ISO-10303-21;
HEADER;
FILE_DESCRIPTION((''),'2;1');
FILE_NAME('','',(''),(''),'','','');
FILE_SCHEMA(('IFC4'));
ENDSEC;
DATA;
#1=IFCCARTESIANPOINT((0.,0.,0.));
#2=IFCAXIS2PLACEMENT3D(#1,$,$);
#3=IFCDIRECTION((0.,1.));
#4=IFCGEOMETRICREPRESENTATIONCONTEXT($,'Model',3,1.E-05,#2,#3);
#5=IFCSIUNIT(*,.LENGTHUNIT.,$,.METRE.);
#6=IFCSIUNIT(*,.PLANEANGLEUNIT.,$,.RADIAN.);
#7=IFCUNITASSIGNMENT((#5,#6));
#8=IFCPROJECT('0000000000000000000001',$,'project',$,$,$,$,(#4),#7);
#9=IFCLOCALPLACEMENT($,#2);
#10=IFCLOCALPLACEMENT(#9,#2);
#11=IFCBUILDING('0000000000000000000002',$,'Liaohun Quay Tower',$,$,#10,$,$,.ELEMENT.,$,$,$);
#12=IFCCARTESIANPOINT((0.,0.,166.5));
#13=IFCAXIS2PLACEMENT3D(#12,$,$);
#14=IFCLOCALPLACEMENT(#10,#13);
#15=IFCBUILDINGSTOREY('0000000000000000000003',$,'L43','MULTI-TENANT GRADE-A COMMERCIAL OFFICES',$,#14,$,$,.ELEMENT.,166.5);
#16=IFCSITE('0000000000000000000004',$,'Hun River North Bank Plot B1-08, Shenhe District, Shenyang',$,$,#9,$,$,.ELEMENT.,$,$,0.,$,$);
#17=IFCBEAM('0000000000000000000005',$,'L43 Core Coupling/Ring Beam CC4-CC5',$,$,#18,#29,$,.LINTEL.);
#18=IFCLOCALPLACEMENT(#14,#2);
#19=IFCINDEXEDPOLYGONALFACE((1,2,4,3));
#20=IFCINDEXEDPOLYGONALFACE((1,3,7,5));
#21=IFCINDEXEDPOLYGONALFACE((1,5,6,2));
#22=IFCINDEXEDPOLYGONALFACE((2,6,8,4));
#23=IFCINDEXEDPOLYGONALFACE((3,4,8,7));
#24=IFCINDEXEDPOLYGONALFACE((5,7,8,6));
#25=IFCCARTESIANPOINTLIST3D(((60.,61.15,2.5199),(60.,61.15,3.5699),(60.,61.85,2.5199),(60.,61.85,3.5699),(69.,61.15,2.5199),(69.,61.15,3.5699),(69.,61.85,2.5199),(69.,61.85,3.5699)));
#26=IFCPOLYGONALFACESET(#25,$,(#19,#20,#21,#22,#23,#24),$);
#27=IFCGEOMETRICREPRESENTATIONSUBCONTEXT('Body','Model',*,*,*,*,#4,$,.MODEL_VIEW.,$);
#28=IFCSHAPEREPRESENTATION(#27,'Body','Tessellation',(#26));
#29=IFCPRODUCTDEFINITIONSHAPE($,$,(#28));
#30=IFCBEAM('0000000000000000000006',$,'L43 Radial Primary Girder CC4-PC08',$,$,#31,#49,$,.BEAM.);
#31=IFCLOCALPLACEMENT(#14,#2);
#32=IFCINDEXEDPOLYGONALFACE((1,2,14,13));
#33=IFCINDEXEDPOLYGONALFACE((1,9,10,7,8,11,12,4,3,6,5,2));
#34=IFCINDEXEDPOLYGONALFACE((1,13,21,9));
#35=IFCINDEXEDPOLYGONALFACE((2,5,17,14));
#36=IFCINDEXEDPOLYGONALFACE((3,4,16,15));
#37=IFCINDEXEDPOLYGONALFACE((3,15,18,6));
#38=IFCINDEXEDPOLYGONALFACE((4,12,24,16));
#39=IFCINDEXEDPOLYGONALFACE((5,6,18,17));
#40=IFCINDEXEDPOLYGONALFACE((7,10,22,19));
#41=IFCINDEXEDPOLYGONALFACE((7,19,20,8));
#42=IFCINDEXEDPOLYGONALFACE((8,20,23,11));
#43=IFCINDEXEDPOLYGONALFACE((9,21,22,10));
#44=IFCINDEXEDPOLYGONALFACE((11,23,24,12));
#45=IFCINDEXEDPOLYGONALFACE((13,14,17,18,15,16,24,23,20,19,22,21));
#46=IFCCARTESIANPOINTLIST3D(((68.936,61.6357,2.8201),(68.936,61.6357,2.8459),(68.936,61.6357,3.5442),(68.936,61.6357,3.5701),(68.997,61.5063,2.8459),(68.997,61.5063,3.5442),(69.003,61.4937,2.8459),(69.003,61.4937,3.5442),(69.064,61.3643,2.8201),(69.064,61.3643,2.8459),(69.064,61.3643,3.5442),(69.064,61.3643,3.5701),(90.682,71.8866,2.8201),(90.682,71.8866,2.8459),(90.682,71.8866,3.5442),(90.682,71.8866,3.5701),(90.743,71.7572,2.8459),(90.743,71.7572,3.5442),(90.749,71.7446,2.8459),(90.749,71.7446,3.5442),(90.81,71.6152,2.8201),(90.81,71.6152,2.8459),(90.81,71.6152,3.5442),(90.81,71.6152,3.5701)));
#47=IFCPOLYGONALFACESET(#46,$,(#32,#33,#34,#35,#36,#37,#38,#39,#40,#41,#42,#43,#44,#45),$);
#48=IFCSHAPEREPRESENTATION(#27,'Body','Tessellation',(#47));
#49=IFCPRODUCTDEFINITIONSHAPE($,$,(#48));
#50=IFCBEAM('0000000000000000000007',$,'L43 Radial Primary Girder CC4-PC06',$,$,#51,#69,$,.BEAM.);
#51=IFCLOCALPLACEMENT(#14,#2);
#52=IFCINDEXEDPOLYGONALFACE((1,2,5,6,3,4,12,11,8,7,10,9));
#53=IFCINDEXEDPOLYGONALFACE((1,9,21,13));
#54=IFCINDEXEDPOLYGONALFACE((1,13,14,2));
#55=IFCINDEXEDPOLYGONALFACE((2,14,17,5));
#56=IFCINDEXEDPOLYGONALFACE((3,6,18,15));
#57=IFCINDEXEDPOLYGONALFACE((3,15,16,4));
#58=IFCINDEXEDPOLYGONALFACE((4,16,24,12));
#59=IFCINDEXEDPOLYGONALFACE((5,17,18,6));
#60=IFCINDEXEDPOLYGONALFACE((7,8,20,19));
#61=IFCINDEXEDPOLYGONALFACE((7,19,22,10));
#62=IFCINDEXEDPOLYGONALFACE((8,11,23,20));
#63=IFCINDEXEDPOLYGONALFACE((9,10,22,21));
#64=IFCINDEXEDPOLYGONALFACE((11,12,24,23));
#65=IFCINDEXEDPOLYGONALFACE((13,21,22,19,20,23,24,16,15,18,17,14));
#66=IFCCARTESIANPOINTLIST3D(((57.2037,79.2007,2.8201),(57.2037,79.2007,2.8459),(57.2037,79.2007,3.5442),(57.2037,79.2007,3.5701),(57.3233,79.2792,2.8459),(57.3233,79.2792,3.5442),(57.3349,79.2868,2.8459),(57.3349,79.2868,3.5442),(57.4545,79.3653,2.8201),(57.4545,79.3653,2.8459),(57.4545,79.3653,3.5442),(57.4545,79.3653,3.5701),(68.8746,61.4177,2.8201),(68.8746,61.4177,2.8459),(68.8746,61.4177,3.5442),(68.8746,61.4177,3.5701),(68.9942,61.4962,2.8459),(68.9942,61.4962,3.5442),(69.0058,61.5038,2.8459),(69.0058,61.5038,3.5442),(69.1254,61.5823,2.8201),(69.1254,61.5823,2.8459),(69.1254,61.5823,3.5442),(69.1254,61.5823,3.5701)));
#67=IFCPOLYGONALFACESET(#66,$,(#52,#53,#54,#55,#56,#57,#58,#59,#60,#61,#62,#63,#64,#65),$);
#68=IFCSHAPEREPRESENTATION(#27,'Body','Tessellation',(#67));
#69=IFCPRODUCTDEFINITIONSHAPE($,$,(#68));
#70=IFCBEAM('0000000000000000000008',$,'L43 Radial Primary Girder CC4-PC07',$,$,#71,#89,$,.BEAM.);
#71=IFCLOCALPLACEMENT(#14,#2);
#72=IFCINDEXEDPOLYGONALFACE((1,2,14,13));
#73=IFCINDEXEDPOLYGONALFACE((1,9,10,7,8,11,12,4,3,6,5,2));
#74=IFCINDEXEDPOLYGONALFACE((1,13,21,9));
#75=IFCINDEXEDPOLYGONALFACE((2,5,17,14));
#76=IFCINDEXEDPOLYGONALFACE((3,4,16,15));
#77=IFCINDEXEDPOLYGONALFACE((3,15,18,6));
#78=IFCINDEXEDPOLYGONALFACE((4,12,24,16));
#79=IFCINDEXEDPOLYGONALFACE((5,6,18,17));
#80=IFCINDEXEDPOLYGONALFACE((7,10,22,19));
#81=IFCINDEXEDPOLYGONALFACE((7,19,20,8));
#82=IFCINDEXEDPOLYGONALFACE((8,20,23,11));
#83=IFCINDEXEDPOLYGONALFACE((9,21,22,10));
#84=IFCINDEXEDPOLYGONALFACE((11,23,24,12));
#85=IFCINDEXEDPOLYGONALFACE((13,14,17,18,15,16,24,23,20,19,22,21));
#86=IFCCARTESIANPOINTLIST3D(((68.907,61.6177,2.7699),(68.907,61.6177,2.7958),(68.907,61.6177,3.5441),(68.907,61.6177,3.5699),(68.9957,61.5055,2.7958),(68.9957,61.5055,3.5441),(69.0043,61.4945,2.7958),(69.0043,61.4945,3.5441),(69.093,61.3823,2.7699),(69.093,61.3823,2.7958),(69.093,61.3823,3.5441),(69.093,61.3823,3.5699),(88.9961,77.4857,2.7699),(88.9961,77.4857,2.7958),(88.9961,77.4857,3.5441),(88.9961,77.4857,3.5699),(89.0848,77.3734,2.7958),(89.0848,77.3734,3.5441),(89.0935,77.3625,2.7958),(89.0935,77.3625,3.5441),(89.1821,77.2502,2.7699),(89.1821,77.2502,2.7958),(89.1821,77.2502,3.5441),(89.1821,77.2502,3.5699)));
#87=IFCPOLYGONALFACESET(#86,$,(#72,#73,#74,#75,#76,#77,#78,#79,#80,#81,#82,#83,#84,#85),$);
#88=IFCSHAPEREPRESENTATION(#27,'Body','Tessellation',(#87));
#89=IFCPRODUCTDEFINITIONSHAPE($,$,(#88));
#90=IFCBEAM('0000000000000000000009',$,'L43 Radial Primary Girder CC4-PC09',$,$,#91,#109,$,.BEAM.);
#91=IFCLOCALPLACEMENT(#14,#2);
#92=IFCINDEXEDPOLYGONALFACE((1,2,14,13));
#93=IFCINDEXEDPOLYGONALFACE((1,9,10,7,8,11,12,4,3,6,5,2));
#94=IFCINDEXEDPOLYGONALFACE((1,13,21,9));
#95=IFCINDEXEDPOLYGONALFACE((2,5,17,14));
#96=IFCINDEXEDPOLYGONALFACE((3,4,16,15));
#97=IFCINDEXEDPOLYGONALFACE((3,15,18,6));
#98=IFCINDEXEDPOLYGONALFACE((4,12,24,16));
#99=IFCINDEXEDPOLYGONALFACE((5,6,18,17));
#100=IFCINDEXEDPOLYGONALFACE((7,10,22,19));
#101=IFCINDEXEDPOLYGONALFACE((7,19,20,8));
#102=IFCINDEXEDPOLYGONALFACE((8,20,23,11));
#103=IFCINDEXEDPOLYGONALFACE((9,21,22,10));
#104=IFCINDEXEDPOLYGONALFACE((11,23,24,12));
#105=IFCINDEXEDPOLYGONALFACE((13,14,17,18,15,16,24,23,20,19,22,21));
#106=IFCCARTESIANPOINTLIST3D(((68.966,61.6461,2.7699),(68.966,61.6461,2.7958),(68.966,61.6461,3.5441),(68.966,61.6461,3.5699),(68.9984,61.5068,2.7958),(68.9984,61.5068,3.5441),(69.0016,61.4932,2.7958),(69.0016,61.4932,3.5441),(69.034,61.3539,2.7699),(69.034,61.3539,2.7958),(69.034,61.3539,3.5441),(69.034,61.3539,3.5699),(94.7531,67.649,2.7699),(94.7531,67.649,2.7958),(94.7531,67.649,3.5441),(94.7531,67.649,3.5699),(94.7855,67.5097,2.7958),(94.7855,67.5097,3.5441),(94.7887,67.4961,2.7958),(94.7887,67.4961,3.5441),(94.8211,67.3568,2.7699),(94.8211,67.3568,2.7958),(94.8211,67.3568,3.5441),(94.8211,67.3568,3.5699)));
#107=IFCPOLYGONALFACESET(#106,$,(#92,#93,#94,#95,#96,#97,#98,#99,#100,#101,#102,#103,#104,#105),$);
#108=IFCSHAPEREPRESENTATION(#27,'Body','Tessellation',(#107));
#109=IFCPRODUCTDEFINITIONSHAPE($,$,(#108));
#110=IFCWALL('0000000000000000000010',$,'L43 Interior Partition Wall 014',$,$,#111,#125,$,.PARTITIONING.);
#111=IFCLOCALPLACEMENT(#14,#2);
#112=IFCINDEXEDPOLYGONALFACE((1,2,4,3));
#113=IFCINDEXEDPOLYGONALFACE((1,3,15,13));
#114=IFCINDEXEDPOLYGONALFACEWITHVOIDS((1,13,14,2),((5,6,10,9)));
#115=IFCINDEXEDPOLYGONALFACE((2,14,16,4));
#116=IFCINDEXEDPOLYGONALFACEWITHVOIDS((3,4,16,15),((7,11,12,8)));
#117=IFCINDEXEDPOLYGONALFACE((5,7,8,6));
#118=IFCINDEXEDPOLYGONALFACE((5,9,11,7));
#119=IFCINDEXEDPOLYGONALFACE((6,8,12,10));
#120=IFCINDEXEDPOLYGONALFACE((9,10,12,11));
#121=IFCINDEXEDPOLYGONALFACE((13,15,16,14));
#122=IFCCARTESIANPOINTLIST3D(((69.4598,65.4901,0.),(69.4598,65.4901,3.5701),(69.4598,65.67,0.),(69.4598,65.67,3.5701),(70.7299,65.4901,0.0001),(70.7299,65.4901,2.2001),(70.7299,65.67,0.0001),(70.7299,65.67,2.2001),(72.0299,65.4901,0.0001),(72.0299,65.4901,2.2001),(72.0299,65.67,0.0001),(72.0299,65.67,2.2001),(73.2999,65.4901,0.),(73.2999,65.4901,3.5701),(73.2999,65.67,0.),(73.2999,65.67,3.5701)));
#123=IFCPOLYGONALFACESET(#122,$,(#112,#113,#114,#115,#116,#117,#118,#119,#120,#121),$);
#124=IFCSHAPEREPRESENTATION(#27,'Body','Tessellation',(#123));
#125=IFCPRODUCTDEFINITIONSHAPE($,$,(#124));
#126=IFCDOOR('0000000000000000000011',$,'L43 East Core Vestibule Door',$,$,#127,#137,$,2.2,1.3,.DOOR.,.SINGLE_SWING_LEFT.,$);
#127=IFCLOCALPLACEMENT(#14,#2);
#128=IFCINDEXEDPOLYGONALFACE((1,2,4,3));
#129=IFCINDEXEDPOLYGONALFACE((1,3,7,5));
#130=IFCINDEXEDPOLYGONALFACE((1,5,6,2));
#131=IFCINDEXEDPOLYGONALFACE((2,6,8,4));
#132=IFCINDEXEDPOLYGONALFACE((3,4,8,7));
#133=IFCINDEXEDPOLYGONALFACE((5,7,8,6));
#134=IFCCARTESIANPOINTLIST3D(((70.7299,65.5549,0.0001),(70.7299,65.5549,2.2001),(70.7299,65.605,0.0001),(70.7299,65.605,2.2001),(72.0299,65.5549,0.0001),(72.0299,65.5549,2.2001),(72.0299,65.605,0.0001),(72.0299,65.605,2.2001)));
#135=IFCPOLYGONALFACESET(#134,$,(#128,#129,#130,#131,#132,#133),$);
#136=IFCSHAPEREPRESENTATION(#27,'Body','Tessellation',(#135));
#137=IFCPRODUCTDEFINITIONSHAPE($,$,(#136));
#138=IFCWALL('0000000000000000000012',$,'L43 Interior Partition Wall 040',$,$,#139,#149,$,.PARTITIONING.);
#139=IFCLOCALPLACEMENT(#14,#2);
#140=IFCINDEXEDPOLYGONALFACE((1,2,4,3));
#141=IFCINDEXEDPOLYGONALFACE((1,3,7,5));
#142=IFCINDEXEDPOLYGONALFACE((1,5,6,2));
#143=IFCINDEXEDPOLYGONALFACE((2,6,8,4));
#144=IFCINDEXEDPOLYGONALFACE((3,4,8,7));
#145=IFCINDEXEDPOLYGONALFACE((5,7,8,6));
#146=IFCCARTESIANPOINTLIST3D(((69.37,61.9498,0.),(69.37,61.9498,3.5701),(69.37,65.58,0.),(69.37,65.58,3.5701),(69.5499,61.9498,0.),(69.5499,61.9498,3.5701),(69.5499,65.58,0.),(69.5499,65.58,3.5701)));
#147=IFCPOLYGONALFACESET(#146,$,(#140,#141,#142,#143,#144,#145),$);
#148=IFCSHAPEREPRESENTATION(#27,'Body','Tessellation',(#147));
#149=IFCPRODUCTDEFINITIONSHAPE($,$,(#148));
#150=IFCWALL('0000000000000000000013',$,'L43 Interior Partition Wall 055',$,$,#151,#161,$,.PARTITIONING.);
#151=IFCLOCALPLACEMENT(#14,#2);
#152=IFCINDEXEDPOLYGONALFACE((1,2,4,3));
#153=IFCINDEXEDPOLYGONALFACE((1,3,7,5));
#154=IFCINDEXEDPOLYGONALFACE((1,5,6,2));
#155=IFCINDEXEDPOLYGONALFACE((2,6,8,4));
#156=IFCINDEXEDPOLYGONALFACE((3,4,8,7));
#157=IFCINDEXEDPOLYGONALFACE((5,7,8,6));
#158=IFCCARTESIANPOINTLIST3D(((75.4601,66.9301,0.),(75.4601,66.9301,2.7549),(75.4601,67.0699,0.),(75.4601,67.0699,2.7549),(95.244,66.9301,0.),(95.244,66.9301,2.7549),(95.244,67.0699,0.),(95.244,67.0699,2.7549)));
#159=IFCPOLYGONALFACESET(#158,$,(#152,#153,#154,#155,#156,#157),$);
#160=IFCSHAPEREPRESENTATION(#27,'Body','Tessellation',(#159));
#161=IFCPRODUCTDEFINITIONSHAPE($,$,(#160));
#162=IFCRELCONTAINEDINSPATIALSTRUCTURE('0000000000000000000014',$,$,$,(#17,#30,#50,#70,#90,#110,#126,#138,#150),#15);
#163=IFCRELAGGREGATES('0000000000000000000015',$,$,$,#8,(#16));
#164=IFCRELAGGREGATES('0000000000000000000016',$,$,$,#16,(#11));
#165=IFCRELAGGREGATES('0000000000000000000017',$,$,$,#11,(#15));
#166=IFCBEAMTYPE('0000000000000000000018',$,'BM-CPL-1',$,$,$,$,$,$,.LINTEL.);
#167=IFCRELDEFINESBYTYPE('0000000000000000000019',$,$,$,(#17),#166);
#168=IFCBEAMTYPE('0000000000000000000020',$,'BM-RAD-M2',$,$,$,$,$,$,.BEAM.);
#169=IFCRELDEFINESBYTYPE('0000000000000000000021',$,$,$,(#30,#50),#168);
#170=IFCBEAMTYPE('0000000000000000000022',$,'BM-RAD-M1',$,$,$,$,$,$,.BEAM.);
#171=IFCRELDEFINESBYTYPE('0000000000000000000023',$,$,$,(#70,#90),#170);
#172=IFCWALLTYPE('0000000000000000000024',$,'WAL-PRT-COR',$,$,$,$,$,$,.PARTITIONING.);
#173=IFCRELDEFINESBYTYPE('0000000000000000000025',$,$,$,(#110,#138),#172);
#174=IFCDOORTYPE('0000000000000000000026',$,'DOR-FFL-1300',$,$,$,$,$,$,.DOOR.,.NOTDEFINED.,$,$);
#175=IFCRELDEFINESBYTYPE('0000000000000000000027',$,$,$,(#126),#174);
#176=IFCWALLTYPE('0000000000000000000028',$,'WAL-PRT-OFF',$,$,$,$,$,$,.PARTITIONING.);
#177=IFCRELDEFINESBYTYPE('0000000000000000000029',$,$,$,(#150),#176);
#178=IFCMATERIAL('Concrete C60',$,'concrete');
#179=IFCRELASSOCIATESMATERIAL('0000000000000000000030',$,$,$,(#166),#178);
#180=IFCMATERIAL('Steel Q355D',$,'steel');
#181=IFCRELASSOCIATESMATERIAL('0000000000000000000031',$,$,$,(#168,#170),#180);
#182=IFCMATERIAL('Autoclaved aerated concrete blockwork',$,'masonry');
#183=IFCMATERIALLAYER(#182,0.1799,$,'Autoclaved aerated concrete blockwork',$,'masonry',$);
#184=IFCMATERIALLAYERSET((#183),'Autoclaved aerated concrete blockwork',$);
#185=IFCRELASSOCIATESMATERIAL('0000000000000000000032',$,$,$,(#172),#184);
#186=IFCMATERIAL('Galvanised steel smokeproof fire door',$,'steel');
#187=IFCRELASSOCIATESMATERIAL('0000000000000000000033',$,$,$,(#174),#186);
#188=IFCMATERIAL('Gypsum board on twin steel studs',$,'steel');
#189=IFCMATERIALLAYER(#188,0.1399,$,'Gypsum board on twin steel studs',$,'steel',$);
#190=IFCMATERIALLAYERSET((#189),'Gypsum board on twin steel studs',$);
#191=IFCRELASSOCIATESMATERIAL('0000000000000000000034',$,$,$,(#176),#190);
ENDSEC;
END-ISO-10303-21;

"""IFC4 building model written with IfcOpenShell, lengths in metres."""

from ifc_helpers import new_model, si_unit, direction, frame, frame_2d, origin, origin_2d, place, context, subcontext, project, spatial, rectangle, i_section, extrude, source, transform, mapped, material, layer, layer_set, material_profile, profile_set, type_object, element, fill, save


model = new_model("IFC4")

# Units and contexts
model_context = context("Model", 3, precision=1e-05, world=origin(), true_north=direction((0.0, 1.0)))
body_context = subcontext(model_context, "Body", "Model", "MODEL_VIEW")
ifc_project = project(units=[si_unit("LENGTHUNIT", "METRE"), si_unit("PLANEANGLEUNIT", "RADIAN")], contexts=[model_context])

# Site, building, storey
site_placement = place(None, origin())
site = spatial("IfcSite", under=ifc_project, at=site_placement, Name="Hun River North Bank Plot B1-08, Shenhe District, Shenyang", CompositionType="ELEMENT", RefElevation=0.0)
building_placement = place(site_placement, origin())
building = spatial("IfcBuilding", under=site, at=building_placement, Name="Liaohun Quay Tower", CompositionType="ELEMENT")
storey_placement = place(building_placement, frame((0.0, 0.0, 166.5)))
storey = spatial("IfcBuildingStorey", under=building, at=storey_placement, Name="L43", Description="MULTI-TENANT GRADE-A COMMERCIAL OFFICES", CompositionType="ELEMENT", Elevation=166.5)

# Beams
ifc_material_1 = material(Name="Concrete C60", Category="concrete")
ifc_material_profile_1 = material_profile(ifc_material_1, rectangle(XDim=0.7, YDim=1.05, at=origin_2d()), Name="RC700x1050")
ifc_profile_set_1 = profile_set([ifc_material_profile_1], Name="Concrete C60")
beam_type_1 = type_object("IfcBeamType", Name="BM-CPL-1", PredefinedType="LINTEL", material=ifc_profile_set_1)
shared_shape_1 = source(origin(), body_context, "Body", "SweptSolid", [
    extrude(rectangle(XDim=0.7, YDim=1.05, at=origin_2d()), origin(), (0.0, 0.0, 1.0), 9.0),
])
beam_1_placement = place(storey_placement, frame((69.0, 61.5, 3.0449), z_axis=(-1.0, 0.0, 0.0), x_axis=(0.0, -1.0, 0.0)))
element("IfcBeam", 1, at=beam_1_placement, inside=storey, type_object=beam_type_1, Name="L43 Core Coupling/Ring Beam CC4-CC5", PredefinedType="LINTEL", context=body_context, shape_type="MappedRepresentation", body=[
    mapped(shared_shape_1, transform((0.0, 0.0, 0.0), x_axis=(1.0, 0.0, 0.0), y_axis=(0.0, 1.0, 0.0), z_axis=(0.0, 0.0, 1.0), scale=1.0)),
])
ifc_material_2 = material(Name="Steel Q355D", Category="steel")
ifc_material_profile_2 = material_profile(ifc_material_2, i_section(OverallWidth=0.3, OverallDepth=0.75, WebThickness=0.0139, FlangeThickness=0.0259, at=origin_2d()), Name="HN750x300x14x26")
ifc_profile_set_2 = profile_set([ifc_material_profile_2], Name="Steel Q355D")
beam_type_2 = type_object("IfcBeamType", Name="BM-RAD-M2", PredefinedType="BEAM", material=ifc_profile_set_2)
shared_shape_2 = source(origin(), body_context, "Body", "SweptSolid", [
    extrude(i_section(OverallWidth=0.3, OverallDepth=0.75, WebThickness=0.0139, FlangeThickness=0.0259, at=origin_2d()), origin(), (0.0, 0.0, 1.0), 24.041),
])
beam_2_placement = place(storey_placement, frame((69.0, 61.5, 3.1951), z_axis=(0.904538, 0.426394, 0.0), x_axis=(-0.426394, 0.904538, 0.0)))
element("IfcBeam", 2, at=beam_2_placement, inside=storey, type_object=beam_type_2, Name="L43 Radial Primary Girder CC4-PC08", PredefinedType="BEAM", context=body_context, shape_type="MappedRepresentation", body=[
    mapped(shared_shape_2, transform((0.0, 0.0, 0.0), x_axis=(1.0, 0.0, 0.0), y_axis=(0.0, 1.0, 0.0), z_axis=(0.0, 0.0, 1.0), scale=1.0)),
])
shared_shape_3 = source(origin(), body_context, "Body", "SweptSolid", [
    extrude(i_section(OverallWidth=0.3, OverallDepth=0.75, WebThickness=0.0139, FlangeThickness=0.0259, at=origin_2d()), origin(), (0.0, 0.0, 1.0), 21.2708),
])
beam_3_placement = place(storey_placement, frame((69.0, 61.5, 3.1951), z_axis=(-0.548684, 0.83603, 0.0), x_axis=(-0.83603, -0.548684, 0.0)))
element("IfcBeam", 3, at=beam_3_placement, inside=storey, type_object=beam_type_2, Name="L43 Radial Primary Girder CC4-PC06", PredefinedType="BEAM", context=body_context, shape_type="MappedRepresentation", body=[
    mapped(shared_shape_3, transform((0.0, 0.0, 0.0), x_axis=(1.0, 0.0, 0.0), y_axis=(0.0, 1.0, 0.0), z_axis=(0.0, 0.0, 1.0), scale=1.0)),
])
ifc_material_profile_3 = material_profile(ifc_material_2, i_section(OverallWidth=0.3, OverallDepth=0.8, WebThickness=0.0139, FlangeThickness=0.0259, at=origin_2d()), Name="HN800x300x14x26")
ifc_profile_set_3 = profile_set([ifc_material_profile_3], Name="Steel Q355D")
beam_type_3 = type_object("IfcBeamType", Name="BM-RAD-M1", PredefinedType="BEAM", material=ifc_profile_set_3)
shared_shape_4 = source(origin(), body_context, "Body", "SweptSolid", [
    extrude(i_section(OverallWidth=0.3, OverallDepth=0.8, WebThickness=0.0139, FlangeThickness=0.0259, at=origin_2d()), origin(), (0.0, 0.0, 1.0), 25.6001),
])
beam_4_placement = place(storey_placement, frame((69.0, 61.5, 3.1699), z_axis=(0.784729, 0.619839, 0.0), x_axis=(-0.619839, 0.784729, 0.0)))
element("IfcBeam", 4, at=beam_4_placement, inside=storey, type_object=beam_type_3, Name="L43 Radial Primary Girder CC4-PC07", PredefinedType="BEAM", context=body_context, shape_type="MappedRepresentation", body=[
    mapped(shared_shape_4, transform((0.0, 0.0, 0.0), x_axis=(1.0, 0.0, 0.0), y_axis=(0.0, 1.0, 0.0), z_axis=(0.0, 0.0, 1.0), scale=1.0)),
])
shared_shape_5 = source(origin(), body_context, "Body", "SweptSolid", [
    extrude(i_section(OverallWidth=0.3, OverallDepth=0.8, WebThickness=0.0139, FlangeThickness=0.0259, at=origin_2d()), origin(), (0.0, 0.0, 1.0), 26.4766),
])
beam_5_placement = place(storey_placement, frame((69.0, 61.5, 3.1699), z_axis=(0.973959, 0.226726, 0.0), x_axis=(-0.226726, 0.973959, 0.0)))
element("IfcBeam", 5, at=beam_5_placement, inside=storey, type_object=beam_type_3, Name="L43 Radial Primary Girder CC4-PC09", PredefinedType="BEAM", context=body_context, shape_type="MappedRepresentation", body=[
    mapped(shared_shape_5, transform((0.0, 0.0, 0.0), x_axis=(1.0, 0.0, 0.0), y_axis=(0.0, 1.0, 0.0), z_axis=(0.0, 0.0, 1.0), scale=1.0)),
])

# Wall, opening, door
ifc_material_3 = material(Name="Autoclaved aerated concrete blockwork", Category="masonry")
ifc_layer_1 = layer(ifc_material_3, 0.1799, Name="Autoclaved aerated concrete blockwork", Category="masonry")
ifc_layer_set_1 = layer_set([ifc_layer_1], Name="Autoclaved aerated concrete blockwork")
wall_type_1 = type_object("IfcWallType", Name="WAL-PRT-COR", PredefinedType="PARTITIONING", material=ifc_layer_set_1)
wall_1_placement = place(storey_placement, frame((69.46, 65.5801, 0.0), z_axis=(0.0, 0.0, 1.0), x_axis=(1.0, 0.0, 0.0)))
wall_1 = element("IfcWall", 6, at=wall_1_placement, inside=storey, type_object=wall_type_1, Name="L43 Interior Partition Wall 014", PredefinedType="PARTITIONING", context=body_context, shape_type="SweptSolid", body=[
    extrude(rectangle(XDim=3.8401, YDim=0.1799, at=frame_2d((1.9199, 0.0))), origin(), (0.0, 0.0, 1.0), 3.5701),
])
shared_shape_6 = source(origin(), body_context, "Body", "SweptSolid", [
    extrude(rectangle(XDim=1.3, YDim=2.2, at=frame_2d((0.6499, 1.1001))), frame((0.0, 0.0999, 0.0), z_axis=(0.0, -1.0, 0.0), x_axis=(1.0, 0.0, 0.0)), (0.0, 0.0, 1.0), 0.2),
])
opening_1_placement = place(wall_1_placement, frame((1.27, 0.0, 0.0)))
opening_1 = element("IfcOpeningElement", 7, at=opening_1_placement, cuts=wall_1, PredefinedType="OPENING", context=body_context, shape_type="MappedRepresentation", body=[
    mapped(shared_shape_6, transform((0.0, 0.0, 0.0), x_axis=(1.0, 0.0, 0.0), y_axis=(0.0, 1.0, 0.0), z_axis=(0.0, 0.0, 1.0), scale=1.0)),
])
ifc_material_4 = material(Name="Galvanised steel smokeproof fire door", Category="steel")
door_type_1 = type_object("IfcDoorType", Name="DOR-FFL-1300", OperationType="NOTDEFINED", PredefinedType="DOOR", material=ifc_material_4)
shared_shape_7 = source(origin(), body_context, "Body", "SweptSolid", [
    extrude(rectangle(XDim=1.3, YDim=2.2, at=frame_2d((0.6499, 1.1001))), frame((0.0, 0.0249, 0.0), z_axis=(0.0, -1.0, 0.0), x_axis=(1.0, 0.0, 0.0)), (0.0, 0.0, 1.0), 0.05),
])
door_1_placement = place(opening_1_placement, origin())
door_1 = element("IfcDoor", 8, at=door_1_placement, inside=storey, type_object=door_type_1, Name="L43 East Core Vestibule Door", OperationType="SINGLE_SWING_LEFT", OverallHeight=2.2, OverallWidth=1.3, PredefinedType="DOOR", context=body_context, shape_type="MappedRepresentation", body=[
    mapped(shared_shape_7, transform((0.0, 0.0, 0.0), x_axis=(1.0, 0.0, 0.0), y_axis=(0.0, 1.0, 0.0), z_axis=(0.0, 0.0, 1.0), scale=1.0)),
])
fill(opening_1, door_1)

# Walls
wall_2_placement = place(storey_placement, frame((69.46, 61.95, 0.0), z_axis=(0.0, 0.0, 1.0), x_axis=(0.0, 1.0, 0.0)))
element("IfcWall", 9, at=wall_2_placement, inside=storey, type_object=wall_type_1, Name="L43 Interior Partition Wall 040", PredefinedType="PARTITIONING", context=body_context, shape_type="SweptSolid", body=[
    extrude(rectangle(XDim=3.6301, YDim=0.1799, at=frame_2d((1.8149, 0.0))), origin(), (0.0, 0.0, 1.0), 3.5701),
])
ifc_material_5 = material(Name="Gypsum board on twin steel studs", Category="steel")
ifc_layer_2 = layer(ifc_material_5, 0.1399, Name="Gypsum board on twin steel studs", Category="steel")
ifc_layer_set_2 = layer_set([ifc_layer_2], Name="Gypsum board on twin steel studs")
wall_type_2 = type_object("IfcWallType", Name="WAL-PRT-OFF", PredefinedType="PARTITIONING", material=ifc_layer_set_2)
wall_3_placement = place(storey_placement, frame((75.46, 67.0, 0.0), z_axis=(0.0, 0.0, 1.0), x_axis=(1.0, 0.0, 0.0)))
element("IfcWall", 10, at=wall_3_placement, inside=storey, type_object=wall_type_2, Name="L43 Interior Partition Wall 055", PredefinedType="PARTITIONING", context=body_context, shape_type="SweptSolid", body=[
    extrude(rectangle(XDim=19.7839, YDim=0.1399, at=frame_2d((9.8921, 0.0))), origin(), (0.0, 0.0, 1.0), 2.7549),
])

save(model, "model.ifc")
